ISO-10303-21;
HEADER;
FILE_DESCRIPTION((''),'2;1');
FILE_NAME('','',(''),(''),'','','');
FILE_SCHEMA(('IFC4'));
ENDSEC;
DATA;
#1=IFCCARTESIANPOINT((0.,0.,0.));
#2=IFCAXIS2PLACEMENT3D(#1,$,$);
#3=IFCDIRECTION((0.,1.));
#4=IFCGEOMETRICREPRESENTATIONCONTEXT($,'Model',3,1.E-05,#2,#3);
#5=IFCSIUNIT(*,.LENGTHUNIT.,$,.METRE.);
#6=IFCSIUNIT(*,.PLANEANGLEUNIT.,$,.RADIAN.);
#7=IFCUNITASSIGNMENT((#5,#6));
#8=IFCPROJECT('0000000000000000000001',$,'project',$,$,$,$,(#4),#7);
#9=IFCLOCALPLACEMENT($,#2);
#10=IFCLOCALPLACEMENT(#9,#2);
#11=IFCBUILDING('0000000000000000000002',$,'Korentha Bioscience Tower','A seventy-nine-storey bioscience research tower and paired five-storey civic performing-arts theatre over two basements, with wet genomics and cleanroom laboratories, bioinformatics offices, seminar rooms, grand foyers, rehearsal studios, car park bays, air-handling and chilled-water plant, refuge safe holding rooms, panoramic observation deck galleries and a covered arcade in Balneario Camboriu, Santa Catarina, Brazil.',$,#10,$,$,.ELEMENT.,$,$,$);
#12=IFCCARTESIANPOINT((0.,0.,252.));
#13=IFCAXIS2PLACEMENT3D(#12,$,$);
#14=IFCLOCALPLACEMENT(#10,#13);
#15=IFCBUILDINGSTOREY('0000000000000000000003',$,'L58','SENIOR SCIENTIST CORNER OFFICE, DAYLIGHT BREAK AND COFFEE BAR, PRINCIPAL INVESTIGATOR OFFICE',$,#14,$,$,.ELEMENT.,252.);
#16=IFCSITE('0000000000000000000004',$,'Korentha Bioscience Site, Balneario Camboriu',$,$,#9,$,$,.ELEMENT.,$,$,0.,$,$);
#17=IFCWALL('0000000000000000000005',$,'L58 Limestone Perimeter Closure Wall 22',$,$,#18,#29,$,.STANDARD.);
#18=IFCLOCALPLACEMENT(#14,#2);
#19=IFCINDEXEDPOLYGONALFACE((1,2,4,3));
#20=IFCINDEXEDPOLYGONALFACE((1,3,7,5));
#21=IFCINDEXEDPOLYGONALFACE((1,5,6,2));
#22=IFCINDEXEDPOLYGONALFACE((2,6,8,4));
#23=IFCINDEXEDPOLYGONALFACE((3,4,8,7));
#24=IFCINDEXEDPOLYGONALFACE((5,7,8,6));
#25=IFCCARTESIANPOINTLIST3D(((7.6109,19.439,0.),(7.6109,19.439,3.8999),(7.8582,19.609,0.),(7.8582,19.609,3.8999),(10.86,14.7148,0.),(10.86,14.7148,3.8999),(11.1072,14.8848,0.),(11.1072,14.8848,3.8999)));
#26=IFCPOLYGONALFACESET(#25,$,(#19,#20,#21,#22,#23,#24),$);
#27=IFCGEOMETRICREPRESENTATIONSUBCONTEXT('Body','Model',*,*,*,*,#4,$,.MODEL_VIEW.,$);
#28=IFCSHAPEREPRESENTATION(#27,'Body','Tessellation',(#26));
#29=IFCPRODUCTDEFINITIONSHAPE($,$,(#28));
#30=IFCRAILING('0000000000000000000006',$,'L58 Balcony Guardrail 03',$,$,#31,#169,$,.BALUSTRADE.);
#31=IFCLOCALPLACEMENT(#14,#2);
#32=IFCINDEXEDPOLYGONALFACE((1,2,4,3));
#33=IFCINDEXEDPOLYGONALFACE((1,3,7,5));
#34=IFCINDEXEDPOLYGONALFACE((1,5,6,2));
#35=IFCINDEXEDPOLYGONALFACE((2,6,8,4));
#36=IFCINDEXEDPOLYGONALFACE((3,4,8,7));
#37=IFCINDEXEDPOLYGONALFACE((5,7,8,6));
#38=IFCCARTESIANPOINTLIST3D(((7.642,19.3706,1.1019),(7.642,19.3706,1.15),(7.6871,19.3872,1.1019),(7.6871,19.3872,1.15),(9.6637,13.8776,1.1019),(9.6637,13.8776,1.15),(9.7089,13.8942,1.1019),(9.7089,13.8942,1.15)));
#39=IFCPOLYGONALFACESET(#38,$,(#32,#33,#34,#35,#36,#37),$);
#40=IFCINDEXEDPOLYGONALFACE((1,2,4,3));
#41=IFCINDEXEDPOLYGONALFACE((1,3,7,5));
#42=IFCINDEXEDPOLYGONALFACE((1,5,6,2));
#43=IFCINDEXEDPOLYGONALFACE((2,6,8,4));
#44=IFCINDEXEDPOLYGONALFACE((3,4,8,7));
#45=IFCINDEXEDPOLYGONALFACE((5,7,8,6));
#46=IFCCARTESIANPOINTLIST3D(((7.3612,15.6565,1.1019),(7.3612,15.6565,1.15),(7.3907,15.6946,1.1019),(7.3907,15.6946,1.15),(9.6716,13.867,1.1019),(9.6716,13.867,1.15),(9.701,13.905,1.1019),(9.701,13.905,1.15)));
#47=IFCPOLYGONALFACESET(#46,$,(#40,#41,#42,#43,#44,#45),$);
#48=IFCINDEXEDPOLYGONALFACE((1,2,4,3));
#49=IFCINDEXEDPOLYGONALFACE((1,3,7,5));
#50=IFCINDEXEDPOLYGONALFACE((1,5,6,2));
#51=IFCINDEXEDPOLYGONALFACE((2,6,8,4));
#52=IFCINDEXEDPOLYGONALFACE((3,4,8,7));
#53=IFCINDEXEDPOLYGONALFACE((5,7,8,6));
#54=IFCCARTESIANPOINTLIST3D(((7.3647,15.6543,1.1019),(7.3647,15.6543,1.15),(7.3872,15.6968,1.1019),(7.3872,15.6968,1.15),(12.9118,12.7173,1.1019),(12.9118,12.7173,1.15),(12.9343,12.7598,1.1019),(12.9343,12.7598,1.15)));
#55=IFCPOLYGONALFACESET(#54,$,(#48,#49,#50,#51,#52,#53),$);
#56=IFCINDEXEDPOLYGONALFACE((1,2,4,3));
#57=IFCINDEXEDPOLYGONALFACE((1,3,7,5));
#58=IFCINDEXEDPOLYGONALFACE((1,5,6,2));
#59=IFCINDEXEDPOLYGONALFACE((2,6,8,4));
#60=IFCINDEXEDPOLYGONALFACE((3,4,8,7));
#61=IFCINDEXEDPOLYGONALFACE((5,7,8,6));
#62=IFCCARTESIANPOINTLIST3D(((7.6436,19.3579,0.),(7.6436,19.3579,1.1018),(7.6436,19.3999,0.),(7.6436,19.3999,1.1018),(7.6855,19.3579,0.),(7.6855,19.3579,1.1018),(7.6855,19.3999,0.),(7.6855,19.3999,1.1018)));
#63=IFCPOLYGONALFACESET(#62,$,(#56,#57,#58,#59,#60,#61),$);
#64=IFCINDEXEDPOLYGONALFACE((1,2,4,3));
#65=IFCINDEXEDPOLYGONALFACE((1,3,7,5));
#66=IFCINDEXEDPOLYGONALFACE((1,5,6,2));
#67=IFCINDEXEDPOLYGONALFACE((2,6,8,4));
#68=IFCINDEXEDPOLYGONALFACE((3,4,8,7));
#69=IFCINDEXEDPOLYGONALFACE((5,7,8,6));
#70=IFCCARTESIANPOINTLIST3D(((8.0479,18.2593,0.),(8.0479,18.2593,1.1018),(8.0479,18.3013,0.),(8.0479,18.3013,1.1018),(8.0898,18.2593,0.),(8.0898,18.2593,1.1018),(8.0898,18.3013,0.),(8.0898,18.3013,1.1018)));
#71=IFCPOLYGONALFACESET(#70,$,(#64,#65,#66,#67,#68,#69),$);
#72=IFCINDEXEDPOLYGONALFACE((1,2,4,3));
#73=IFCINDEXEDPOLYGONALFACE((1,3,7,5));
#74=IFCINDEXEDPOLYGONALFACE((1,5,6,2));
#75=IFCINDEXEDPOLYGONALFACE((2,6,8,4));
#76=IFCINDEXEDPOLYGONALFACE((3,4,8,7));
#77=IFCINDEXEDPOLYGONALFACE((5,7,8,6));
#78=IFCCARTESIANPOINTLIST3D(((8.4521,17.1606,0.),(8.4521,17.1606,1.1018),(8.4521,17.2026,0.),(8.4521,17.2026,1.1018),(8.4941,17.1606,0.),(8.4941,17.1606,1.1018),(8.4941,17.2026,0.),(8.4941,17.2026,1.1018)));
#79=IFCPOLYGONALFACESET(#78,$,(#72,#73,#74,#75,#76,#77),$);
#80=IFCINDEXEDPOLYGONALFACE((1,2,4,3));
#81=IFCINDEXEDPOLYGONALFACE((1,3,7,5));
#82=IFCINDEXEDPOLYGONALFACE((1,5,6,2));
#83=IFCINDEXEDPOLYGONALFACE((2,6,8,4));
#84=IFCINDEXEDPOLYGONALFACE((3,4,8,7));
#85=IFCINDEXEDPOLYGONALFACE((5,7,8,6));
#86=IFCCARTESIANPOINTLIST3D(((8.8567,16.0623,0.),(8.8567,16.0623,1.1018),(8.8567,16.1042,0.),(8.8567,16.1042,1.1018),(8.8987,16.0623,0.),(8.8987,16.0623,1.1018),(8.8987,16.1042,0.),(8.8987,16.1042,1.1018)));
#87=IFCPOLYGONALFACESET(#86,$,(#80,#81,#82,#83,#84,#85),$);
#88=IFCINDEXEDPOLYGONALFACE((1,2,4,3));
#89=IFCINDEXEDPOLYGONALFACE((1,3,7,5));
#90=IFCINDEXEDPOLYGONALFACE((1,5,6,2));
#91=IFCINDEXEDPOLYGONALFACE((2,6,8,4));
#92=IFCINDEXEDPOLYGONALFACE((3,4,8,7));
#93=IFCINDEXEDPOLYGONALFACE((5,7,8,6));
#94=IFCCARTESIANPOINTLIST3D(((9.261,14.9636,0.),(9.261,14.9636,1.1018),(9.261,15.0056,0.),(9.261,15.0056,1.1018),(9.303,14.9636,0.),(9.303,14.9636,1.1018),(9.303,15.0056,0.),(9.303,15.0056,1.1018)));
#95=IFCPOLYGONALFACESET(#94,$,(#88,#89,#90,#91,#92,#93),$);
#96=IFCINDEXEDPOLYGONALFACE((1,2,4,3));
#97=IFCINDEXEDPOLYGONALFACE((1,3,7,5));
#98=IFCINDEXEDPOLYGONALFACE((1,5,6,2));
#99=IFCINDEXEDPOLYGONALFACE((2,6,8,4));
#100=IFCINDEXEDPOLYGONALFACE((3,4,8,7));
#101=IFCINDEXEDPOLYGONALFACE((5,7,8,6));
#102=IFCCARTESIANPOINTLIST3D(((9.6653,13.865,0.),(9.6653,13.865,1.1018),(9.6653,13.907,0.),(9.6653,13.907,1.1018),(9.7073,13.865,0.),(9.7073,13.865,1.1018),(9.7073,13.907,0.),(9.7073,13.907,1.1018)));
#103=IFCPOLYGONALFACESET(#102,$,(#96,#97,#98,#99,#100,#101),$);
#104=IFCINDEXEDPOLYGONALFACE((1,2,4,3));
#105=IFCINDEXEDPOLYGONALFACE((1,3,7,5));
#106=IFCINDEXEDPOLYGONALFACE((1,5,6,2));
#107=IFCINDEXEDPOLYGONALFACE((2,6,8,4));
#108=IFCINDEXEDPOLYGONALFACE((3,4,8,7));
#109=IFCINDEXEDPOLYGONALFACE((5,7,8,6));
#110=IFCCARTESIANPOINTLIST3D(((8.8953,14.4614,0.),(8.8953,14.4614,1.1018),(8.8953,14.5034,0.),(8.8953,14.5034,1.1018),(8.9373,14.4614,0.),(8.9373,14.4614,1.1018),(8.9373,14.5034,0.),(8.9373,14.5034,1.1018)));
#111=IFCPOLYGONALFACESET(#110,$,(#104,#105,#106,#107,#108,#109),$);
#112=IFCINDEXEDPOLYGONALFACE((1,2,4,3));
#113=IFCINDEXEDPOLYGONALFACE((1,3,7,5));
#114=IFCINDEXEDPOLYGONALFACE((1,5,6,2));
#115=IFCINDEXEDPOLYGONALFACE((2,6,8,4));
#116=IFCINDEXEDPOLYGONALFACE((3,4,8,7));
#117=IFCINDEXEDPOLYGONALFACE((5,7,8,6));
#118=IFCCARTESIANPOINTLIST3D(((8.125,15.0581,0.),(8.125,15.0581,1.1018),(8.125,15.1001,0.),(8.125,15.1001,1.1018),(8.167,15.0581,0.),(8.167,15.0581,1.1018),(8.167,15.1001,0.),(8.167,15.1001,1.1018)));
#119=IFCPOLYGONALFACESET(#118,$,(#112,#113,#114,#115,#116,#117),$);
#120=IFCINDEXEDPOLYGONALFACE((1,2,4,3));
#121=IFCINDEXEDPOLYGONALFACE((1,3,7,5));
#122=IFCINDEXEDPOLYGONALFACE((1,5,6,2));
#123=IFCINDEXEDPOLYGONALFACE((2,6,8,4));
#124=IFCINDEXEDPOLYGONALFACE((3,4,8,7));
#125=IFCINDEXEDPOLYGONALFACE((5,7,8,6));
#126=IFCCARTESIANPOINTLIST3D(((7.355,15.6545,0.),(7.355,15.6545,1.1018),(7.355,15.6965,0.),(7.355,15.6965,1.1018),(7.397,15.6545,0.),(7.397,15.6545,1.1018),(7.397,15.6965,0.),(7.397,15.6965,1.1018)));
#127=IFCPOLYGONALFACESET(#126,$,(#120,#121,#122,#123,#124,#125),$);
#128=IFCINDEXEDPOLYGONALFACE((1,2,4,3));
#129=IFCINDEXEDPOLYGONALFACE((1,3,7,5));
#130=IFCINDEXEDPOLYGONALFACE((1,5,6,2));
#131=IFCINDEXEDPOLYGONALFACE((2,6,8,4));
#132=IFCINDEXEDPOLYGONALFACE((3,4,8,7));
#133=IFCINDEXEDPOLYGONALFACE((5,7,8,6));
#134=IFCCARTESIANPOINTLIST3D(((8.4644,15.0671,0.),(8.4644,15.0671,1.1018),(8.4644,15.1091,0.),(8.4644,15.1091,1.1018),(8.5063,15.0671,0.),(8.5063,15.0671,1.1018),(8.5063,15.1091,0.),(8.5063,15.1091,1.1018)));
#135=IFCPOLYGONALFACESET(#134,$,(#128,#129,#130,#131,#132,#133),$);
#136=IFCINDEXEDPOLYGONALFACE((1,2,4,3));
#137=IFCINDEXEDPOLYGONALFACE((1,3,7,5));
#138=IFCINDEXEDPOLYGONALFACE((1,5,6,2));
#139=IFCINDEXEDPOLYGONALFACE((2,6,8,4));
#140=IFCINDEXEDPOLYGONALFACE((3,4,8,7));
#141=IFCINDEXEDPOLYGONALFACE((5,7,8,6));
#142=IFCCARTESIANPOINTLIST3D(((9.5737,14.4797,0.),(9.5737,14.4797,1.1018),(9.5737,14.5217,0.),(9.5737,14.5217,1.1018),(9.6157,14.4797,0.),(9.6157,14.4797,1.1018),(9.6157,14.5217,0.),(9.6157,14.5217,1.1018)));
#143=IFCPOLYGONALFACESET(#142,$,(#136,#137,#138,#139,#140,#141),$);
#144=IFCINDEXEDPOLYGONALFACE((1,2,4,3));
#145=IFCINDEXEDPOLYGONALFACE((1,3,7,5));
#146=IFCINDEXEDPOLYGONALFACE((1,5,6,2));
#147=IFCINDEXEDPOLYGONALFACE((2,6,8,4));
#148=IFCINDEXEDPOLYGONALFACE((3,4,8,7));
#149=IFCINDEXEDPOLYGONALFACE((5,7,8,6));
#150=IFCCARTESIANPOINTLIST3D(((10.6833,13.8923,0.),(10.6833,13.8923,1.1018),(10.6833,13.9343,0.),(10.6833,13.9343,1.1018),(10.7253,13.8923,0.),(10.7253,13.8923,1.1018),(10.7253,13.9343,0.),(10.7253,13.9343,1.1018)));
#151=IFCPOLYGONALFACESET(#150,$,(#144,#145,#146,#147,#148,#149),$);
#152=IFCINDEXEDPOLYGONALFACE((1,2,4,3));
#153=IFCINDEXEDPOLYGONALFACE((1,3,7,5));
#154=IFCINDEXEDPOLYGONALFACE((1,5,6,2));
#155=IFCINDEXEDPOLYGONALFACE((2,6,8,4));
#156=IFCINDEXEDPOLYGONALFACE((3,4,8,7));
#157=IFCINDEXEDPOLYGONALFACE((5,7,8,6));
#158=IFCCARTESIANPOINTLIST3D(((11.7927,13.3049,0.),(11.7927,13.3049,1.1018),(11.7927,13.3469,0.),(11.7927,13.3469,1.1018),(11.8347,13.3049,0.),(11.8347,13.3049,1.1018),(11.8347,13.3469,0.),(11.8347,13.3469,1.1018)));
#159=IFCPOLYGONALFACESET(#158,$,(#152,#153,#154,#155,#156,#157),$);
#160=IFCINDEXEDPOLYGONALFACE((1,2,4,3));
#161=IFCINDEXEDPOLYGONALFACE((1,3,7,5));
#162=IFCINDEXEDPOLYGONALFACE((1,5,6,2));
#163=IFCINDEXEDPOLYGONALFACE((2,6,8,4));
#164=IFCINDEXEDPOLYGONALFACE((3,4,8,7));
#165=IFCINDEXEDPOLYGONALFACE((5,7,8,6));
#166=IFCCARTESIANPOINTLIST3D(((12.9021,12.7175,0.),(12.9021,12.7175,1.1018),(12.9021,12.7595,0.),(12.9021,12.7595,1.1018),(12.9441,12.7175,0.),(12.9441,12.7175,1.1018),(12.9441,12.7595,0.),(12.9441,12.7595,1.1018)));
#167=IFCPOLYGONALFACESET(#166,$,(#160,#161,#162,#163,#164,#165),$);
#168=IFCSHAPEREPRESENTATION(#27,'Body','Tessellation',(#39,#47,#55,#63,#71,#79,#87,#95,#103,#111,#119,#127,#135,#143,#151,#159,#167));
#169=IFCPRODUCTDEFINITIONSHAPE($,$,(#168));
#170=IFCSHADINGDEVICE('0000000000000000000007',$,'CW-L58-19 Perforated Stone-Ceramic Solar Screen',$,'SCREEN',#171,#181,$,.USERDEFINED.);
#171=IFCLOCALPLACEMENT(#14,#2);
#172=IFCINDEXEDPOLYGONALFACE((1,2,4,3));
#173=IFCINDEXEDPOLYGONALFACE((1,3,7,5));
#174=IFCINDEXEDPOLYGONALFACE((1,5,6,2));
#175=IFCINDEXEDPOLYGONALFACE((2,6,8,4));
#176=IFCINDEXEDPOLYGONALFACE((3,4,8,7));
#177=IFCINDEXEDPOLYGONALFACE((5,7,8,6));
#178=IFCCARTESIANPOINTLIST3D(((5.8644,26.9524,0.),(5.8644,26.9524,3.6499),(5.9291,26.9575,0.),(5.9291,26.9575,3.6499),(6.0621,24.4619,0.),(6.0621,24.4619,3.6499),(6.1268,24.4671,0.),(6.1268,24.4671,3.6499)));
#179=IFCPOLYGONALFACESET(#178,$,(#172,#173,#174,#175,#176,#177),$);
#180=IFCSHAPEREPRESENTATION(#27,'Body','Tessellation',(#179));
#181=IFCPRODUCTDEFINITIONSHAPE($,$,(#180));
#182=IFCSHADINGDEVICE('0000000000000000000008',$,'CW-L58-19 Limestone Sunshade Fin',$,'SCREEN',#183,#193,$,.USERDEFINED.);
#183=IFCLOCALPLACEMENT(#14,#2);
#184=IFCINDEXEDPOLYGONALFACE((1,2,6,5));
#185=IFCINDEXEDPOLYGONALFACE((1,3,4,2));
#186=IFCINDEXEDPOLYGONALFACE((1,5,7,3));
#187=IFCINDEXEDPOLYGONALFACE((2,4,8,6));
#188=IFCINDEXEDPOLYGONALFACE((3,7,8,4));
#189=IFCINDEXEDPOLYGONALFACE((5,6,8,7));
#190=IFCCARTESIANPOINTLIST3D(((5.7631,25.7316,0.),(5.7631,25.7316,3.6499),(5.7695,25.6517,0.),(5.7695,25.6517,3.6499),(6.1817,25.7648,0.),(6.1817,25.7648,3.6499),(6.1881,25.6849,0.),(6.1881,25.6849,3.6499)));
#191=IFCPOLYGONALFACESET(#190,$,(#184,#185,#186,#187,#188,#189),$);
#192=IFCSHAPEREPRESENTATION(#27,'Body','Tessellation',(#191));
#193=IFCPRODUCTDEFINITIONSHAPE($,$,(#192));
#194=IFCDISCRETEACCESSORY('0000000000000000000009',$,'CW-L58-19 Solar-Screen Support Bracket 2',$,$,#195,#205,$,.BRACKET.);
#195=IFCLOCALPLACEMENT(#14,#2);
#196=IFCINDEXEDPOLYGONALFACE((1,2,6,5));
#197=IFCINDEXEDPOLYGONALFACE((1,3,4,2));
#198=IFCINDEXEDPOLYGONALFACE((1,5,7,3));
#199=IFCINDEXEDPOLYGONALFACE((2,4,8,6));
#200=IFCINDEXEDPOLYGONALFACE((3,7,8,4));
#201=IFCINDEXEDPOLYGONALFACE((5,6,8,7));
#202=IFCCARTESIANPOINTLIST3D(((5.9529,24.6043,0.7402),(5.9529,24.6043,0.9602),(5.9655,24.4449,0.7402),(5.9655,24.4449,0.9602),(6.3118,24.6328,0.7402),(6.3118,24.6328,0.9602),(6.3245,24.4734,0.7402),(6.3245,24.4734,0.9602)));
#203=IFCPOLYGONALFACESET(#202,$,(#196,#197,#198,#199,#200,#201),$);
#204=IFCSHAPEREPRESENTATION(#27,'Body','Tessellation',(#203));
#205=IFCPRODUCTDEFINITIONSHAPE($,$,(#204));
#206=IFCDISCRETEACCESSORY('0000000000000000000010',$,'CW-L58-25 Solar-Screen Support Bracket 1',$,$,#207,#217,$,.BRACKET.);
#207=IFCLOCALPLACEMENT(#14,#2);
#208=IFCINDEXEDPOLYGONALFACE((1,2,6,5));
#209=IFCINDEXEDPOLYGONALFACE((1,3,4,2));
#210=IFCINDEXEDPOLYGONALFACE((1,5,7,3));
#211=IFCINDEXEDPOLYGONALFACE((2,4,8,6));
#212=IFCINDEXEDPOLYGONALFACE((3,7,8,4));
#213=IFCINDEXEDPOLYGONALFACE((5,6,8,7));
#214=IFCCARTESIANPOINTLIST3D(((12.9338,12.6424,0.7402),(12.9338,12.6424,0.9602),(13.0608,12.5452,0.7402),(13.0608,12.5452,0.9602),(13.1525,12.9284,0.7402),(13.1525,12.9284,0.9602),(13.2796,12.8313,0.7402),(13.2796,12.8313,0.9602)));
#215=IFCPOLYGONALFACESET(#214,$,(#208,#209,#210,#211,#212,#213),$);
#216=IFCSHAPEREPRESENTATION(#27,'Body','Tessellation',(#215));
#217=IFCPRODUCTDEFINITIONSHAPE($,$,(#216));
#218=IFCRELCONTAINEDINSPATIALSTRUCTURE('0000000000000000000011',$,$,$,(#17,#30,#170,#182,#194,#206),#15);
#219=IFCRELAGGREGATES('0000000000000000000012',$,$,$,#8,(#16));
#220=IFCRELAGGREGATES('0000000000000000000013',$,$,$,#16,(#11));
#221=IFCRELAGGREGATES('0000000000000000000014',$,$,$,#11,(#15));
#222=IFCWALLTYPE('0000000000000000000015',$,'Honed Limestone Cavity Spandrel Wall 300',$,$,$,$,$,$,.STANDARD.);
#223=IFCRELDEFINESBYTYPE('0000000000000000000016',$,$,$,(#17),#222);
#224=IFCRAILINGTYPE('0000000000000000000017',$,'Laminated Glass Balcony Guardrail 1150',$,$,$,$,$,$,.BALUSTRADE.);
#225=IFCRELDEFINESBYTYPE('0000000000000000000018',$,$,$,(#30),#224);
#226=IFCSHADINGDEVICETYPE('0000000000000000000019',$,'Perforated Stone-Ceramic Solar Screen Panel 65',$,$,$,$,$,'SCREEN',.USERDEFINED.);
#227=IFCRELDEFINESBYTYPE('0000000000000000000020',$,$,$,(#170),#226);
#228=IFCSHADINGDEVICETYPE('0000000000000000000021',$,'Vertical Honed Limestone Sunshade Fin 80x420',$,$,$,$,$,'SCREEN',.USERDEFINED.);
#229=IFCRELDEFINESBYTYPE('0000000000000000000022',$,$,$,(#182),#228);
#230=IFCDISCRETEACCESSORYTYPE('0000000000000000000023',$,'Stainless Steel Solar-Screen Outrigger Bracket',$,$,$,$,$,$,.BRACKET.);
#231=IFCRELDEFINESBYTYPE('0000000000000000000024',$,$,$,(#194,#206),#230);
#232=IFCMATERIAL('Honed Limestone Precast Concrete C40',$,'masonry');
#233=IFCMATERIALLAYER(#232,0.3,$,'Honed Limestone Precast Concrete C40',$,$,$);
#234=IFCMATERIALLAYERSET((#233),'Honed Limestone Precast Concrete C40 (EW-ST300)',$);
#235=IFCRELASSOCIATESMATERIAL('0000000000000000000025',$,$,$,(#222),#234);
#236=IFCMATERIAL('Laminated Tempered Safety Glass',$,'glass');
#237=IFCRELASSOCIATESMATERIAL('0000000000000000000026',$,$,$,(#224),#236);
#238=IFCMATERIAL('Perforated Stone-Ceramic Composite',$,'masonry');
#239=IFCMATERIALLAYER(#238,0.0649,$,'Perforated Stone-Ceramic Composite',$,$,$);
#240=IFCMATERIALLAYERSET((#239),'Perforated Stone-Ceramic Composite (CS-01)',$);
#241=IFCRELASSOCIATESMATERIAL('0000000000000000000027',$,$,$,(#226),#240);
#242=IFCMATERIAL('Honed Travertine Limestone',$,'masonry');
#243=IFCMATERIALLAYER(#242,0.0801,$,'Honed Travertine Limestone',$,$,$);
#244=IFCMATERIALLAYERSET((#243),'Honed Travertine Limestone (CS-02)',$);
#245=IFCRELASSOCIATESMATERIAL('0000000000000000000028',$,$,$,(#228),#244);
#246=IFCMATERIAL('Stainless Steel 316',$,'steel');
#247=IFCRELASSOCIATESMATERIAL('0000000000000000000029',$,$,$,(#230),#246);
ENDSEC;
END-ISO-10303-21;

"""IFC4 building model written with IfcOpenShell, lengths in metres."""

from ifc_helpers import new_model, si_unit, direction, frame, frame_2d, origin, origin_2d, place, context, subcontext, project, spatial, rectangle, extrude, material, layer, layer_set, type_object, element, save


model = new_model("IFC4")

# Units and contexts
model_context = context("Model", 3, precision=1e-05, world=origin(), true_north=direction((0.0, 1.0)))
body_context = subcontext(model_context, "Body", "Model", "MODEL_VIEW")
ifc_project = project(units=[si_unit("LENGTHUNIT", "METRE"), si_unit("PLANEANGLEUNIT", "RADIAN")], contexts=[model_context])

# Site, building, storey
site_placement = place(None, origin())
site = spatial("IfcSite", under=ifc_project, at=site_placement, Name="Korentha Bioscience Site, Balneario Camboriu", CompositionType="ELEMENT", RefElevation=0.0)
building_placement = place(site_placement, origin())
building = spatial("IfcBuilding", under=site, at=building_placement, Name="Korentha Bioscience Tower", Description="A seventy-nine-storey bioscience research tower and paired five-storey civic performing-arts theatre over two basements, with wet genomics and cleanroom laboratories, bioinformatics offices, seminar rooms, grand foyers, rehearsal studios, car park bays, air-handling and chilled-water plant, refuge safe holding rooms, panoramic observation deck galleries and a covered arcade in Balneario Camboriu, Santa Catarina, Brazil.", CompositionType="ELEMENT")
storey_placement = place(building_placement, frame((0.0, 0.0, 252.0)))
storey = spatial("IfcBuildingStorey", under=building, at=storey_placement, Name="L58", Description="SENIOR SCIENTIST CORNER OFFICE, DAYLIGHT BREAK AND COFFEE BAR, PRINCIPAL INVESTIGATOR OFFICE", CompositionType="ELEMENT", Elevation=252.0)

# Shared definitions
ifc_material_1 = material(Name="Honed Limestone Precast Concrete C40", Category="masonry")
ifc_layer_1 = layer(ifc_material_1, 0.3, Name="Honed Limestone Precast Concrete C40")
ifc_layer_set_1 = layer_set([ifc_layer_1], Name="Honed Limestone Precast Concrete C40 (EW-ST300)")
wall_type_1 = type_object("IfcWallType", Name="Honed Limestone Cavity Spandrel Wall 300", PredefinedType="STANDARD", material=ifc_layer_set_1)

# Wall
wall_1_placement = place(storey_placement, frame((7.7346, 19.5239, 0.0), z_axis=(0.0, 0.0, 1.0), x_axis=(0.56667, -0.823945, 0.0)))
element("IfcWall", 1, at=wall_1_placement, inside=storey, type_object=wall_type_1, Name="L58 Limestone Perimeter Closure Wall 22", PredefinedType="STANDARD", context=body_context, shape_type="SweptSolid", body=[
    extrude(rectangle(XDim=5.7336, YDim=0.3, at=frame_2d((2.8667, 0.0))), origin(), (0.0, 0.0, 1.0), 3.8999),
])

# Railing
ifc_material_2 = material(Name="Laminated Tempered Safety Glass", Category="glass")
railing_type = type_object("IfcRailingType", Name="Laminated Glass Balcony Guardrail 1150", PredefinedType="BALUSTRADE", material=ifc_material_2)
railing_placement = place(storey_placement, frame((7.6646, 19.3789, 0.0)))
element("IfcRailing", 2, at=railing_placement, inside=storey, type_object=railing_type, Name="L58 Balcony Guardrail 03", PredefinedType="BALUSTRADE", context=body_context, shape_type="SweptSolid", body=[
    extrude(rectangle(XDim=0.0481, YDim=0.0481, at=origin_2d()), frame((0.0, 0.0, 1.126), z_axis=(0.345408, -0.938453, 0.0), x_axis=(0.938453, 0.345408, 0.0)), (0.0, 0.0, 1.0), 5.8533),
    extrude(rectangle(XDim=0.0481, YDim=0.0481, at=origin_2d()), frame((2.0217, -5.4929, 1.126), z_axis=(-0.79057, 0.612372, 0.0), x_axis=(-0.612372, -0.79057, 0.0)), (0.0, 0.0, 1.0), 2.9224),
    extrude(rectangle(XDim=0.0481, YDim=0.0481, at=origin_2d()), frame((-0.2886, -3.7034, 1.126), z_axis=(0.883768, -0.467925, 0.0), x_axis=(0.467925, 0.883768, 0.0)), (0.0, 0.0, 1.0), 6.2766),
    extrude(rectangle(XDim=0.042, YDim=0.042, at=origin_2d()), origin(), (0.0, 0.0, 1.0), 1.1018),
    extrude(rectangle(XDim=0.042, YDim=0.042, at=origin_2d()), frame((0.4043, -1.0986, 0.0)), (0.0, 0.0, 1.0), 1.1018),
    extrude(rectangle(XDim=0.042, YDim=0.042, at=origin_2d()), frame((0.8086, -2.1973, 0.0)), (0.0, 0.0, 1.0), 1.1018),
    extrude(rectangle(XDim=0.042, YDim=0.042, at=origin_2d()), frame((1.2131, -3.2957, 0.0)), (0.0, 0.0, 1.0), 1.1018),
    extrude(rectangle(XDim=0.042, YDim=0.042, at=origin_2d()), frame((1.6174, -4.3943, 0.0)), (0.0, 0.0, 1.0), 1.1018),
    extrude(rectangle(XDim=0.042, YDim=0.042, at=origin_2d()), frame((2.0217, -5.4929, 0.0)), (0.0, 0.0, 1.0), 1.1018),
    extrude(rectangle(XDim=0.042, YDim=0.042, at=origin_2d()), frame((1.2517, -4.8965, 0.0)), (0.0, 0.0, 1.0), 1.1018),
    extrude(rectangle(XDim=0.042, YDim=0.042, at=origin_2d()), frame((0.4814, -4.2998, 0.0)), (0.0, 0.0, 1.0), 1.1018),
    extrude(rectangle(XDim=0.042, YDim=0.042, at=origin_2d()), frame((-0.2886, -3.7034, 0.0)), (0.0, 0.0, 1.0), 1.1018),
    extrude(rectangle(XDim=0.042, YDim=0.042, at=origin_2d()), frame((0.8208, -4.2908, 0.0)), (0.0, 0.0, 1.0), 1.1018),
    extrude(rectangle(XDim=0.042, YDim=0.042, at=origin_2d()), frame((1.9302, -4.8782, 0.0)), (0.0, 0.0, 1.0), 1.1018),
    extrude(rectangle(XDim=0.042, YDim=0.042, at=origin_2d()), frame((3.0398, -5.4656, 0.0)), (0.0, 0.0, 1.0), 1.1018),
    extrude(rectangle(XDim=0.042, YDim=0.042, at=origin_2d()), frame((4.1492, -6.053, 0.0)), (0.0, 0.0, 1.0), 1.1018),
    extrude(rectangle(XDim=0.042, YDim=0.042, at=origin_2d()), frame((5.2585, -6.6404, 0.0)), (0.0, 0.0, 1.0), 1.1018),
])

# Shading devices
ifc_material_3 = material(Name="Perforated Stone-Ceramic Composite", Category="masonry")
ifc_layer_2 = layer(ifc_material_3, 0.0649, Name="Perforated Stone-Ceramic Composite")
ifc_layer_set_2 = layer_set([ifc_layer_2], Name="Perforated Stone-Ceramic Composite (CS-01)")
shading_device_type_1 = type_object("IfcShadingDeviceType", Name="Perforated Stone-Ceramic Solar Screen Panel 65", ElementType="SCREEN", PredefinedType="USERDEFINED", material=ifc_layer_set_2)
shading_device_1_placement = place(storey_placement, frame((5.9956, 25.7097, 0.0), z_axis=(0.0, 0.0, 1.0), x_axis=(0.079117, -0.996865, 0.0)))
element("IfcShadingDevice", 3, at=shading_device_1_placement, inside=storey, type_object=shading_device_type_1, Name="CW-L58-19 Perforated Stone-Ceramic Solar Screen", ObjectType="SCREEN", PredefinedType="USERDEFINED", context=body_context, shape_type="SweptSolid", body=[
    extrude(rectangle(XDim=2.4983, YDim=0.0649, at=origin_2d()), origin(), (0.0, 0.0, 1.0), 3.6499),
])
ifc_material_4 = material(Name="Honed Travertine Limestone", Category="masonry")
ifc_layer_3 = layer(ifc_material_4, 0.0801, Name="Honed Travertine Limestone")
ifc_layer_set_3 = layer_set([ifc_layer_3], Name="Honed Travertine Limestone (CS-02)")
shading_device_type_2 = type_object("IfcShadingDeviceType", Name="Vertical Honed Limestone Sunshade Fin 80x420", ElementType="SCREEN", PredefinedType="USERDEFINED", material=ifc_layer_set_3)
shading_device_2_placement = place(storey_placement, frame((5.9756, 25.7083, 0.0), z_axis=(0.0, 0.0, 1.0), x_axis=(0.079117, -0.996865, 0.0)))
element("IfcShadingDevice", 4, at=shading_device_2_placement, inside=storey, type_object=shading_device_type_2, Name="CW-L58-19 Limestone Sunshade Fin", ObjectType="SCREEN", PredefinedType="USERDEFINED", context=body_context, shape_type="SweptSolid", body=[
    extrude(rectangle(XDim=0.0801, YDim=0.4199, at=origin_2d()), origin(), (0.0, 0.0, 1.0), 3.6499),
])

# Discrete accessories
ifc_material_5 = material(Name="Stainless Steel 316", Category="steel")
discrete_accessory_type = type_object("IfcDiscreteAccessoryType", Name="Stainless Steel Solar-Screen Outrigger Bracket", PredefinedType="BRACKET", material=ifc_material_5)
for number, where, z_axis, x_axis, name in (
    (5, (6.1387, 24.5388, 0.7402), (0.0, 0.0, 1.0), (0.079117, -0.996865, 0.0), "CW-L58-19 Solar-Screen Support Bracket 2"),
    (6, (13.1067, 12.7368, 0.7402), (0.0, 0.0, 1.0), (0.794382, -0.607418, 0.0), "CW-L58-25 Solar-Screen Support Bracket 1"),
):
    element("IfcDiscreteAccessory", number, at=place(storey_placement, frame(where, z_axis=z_axis, x_axis=x_axis)), inside=storey, type_object=discrete_accessory_type, Name=name, PredefinedType="BRACKET", context=body_context, shape_type="SweptSolid", body=[
        extrude(rectangle(XDim=0.1599, YDim=0.3601, at=origin_2d()), origin(), (0.0, 0.0, 1.0), 0.22),
    ])

save(model, "model.ifc")
